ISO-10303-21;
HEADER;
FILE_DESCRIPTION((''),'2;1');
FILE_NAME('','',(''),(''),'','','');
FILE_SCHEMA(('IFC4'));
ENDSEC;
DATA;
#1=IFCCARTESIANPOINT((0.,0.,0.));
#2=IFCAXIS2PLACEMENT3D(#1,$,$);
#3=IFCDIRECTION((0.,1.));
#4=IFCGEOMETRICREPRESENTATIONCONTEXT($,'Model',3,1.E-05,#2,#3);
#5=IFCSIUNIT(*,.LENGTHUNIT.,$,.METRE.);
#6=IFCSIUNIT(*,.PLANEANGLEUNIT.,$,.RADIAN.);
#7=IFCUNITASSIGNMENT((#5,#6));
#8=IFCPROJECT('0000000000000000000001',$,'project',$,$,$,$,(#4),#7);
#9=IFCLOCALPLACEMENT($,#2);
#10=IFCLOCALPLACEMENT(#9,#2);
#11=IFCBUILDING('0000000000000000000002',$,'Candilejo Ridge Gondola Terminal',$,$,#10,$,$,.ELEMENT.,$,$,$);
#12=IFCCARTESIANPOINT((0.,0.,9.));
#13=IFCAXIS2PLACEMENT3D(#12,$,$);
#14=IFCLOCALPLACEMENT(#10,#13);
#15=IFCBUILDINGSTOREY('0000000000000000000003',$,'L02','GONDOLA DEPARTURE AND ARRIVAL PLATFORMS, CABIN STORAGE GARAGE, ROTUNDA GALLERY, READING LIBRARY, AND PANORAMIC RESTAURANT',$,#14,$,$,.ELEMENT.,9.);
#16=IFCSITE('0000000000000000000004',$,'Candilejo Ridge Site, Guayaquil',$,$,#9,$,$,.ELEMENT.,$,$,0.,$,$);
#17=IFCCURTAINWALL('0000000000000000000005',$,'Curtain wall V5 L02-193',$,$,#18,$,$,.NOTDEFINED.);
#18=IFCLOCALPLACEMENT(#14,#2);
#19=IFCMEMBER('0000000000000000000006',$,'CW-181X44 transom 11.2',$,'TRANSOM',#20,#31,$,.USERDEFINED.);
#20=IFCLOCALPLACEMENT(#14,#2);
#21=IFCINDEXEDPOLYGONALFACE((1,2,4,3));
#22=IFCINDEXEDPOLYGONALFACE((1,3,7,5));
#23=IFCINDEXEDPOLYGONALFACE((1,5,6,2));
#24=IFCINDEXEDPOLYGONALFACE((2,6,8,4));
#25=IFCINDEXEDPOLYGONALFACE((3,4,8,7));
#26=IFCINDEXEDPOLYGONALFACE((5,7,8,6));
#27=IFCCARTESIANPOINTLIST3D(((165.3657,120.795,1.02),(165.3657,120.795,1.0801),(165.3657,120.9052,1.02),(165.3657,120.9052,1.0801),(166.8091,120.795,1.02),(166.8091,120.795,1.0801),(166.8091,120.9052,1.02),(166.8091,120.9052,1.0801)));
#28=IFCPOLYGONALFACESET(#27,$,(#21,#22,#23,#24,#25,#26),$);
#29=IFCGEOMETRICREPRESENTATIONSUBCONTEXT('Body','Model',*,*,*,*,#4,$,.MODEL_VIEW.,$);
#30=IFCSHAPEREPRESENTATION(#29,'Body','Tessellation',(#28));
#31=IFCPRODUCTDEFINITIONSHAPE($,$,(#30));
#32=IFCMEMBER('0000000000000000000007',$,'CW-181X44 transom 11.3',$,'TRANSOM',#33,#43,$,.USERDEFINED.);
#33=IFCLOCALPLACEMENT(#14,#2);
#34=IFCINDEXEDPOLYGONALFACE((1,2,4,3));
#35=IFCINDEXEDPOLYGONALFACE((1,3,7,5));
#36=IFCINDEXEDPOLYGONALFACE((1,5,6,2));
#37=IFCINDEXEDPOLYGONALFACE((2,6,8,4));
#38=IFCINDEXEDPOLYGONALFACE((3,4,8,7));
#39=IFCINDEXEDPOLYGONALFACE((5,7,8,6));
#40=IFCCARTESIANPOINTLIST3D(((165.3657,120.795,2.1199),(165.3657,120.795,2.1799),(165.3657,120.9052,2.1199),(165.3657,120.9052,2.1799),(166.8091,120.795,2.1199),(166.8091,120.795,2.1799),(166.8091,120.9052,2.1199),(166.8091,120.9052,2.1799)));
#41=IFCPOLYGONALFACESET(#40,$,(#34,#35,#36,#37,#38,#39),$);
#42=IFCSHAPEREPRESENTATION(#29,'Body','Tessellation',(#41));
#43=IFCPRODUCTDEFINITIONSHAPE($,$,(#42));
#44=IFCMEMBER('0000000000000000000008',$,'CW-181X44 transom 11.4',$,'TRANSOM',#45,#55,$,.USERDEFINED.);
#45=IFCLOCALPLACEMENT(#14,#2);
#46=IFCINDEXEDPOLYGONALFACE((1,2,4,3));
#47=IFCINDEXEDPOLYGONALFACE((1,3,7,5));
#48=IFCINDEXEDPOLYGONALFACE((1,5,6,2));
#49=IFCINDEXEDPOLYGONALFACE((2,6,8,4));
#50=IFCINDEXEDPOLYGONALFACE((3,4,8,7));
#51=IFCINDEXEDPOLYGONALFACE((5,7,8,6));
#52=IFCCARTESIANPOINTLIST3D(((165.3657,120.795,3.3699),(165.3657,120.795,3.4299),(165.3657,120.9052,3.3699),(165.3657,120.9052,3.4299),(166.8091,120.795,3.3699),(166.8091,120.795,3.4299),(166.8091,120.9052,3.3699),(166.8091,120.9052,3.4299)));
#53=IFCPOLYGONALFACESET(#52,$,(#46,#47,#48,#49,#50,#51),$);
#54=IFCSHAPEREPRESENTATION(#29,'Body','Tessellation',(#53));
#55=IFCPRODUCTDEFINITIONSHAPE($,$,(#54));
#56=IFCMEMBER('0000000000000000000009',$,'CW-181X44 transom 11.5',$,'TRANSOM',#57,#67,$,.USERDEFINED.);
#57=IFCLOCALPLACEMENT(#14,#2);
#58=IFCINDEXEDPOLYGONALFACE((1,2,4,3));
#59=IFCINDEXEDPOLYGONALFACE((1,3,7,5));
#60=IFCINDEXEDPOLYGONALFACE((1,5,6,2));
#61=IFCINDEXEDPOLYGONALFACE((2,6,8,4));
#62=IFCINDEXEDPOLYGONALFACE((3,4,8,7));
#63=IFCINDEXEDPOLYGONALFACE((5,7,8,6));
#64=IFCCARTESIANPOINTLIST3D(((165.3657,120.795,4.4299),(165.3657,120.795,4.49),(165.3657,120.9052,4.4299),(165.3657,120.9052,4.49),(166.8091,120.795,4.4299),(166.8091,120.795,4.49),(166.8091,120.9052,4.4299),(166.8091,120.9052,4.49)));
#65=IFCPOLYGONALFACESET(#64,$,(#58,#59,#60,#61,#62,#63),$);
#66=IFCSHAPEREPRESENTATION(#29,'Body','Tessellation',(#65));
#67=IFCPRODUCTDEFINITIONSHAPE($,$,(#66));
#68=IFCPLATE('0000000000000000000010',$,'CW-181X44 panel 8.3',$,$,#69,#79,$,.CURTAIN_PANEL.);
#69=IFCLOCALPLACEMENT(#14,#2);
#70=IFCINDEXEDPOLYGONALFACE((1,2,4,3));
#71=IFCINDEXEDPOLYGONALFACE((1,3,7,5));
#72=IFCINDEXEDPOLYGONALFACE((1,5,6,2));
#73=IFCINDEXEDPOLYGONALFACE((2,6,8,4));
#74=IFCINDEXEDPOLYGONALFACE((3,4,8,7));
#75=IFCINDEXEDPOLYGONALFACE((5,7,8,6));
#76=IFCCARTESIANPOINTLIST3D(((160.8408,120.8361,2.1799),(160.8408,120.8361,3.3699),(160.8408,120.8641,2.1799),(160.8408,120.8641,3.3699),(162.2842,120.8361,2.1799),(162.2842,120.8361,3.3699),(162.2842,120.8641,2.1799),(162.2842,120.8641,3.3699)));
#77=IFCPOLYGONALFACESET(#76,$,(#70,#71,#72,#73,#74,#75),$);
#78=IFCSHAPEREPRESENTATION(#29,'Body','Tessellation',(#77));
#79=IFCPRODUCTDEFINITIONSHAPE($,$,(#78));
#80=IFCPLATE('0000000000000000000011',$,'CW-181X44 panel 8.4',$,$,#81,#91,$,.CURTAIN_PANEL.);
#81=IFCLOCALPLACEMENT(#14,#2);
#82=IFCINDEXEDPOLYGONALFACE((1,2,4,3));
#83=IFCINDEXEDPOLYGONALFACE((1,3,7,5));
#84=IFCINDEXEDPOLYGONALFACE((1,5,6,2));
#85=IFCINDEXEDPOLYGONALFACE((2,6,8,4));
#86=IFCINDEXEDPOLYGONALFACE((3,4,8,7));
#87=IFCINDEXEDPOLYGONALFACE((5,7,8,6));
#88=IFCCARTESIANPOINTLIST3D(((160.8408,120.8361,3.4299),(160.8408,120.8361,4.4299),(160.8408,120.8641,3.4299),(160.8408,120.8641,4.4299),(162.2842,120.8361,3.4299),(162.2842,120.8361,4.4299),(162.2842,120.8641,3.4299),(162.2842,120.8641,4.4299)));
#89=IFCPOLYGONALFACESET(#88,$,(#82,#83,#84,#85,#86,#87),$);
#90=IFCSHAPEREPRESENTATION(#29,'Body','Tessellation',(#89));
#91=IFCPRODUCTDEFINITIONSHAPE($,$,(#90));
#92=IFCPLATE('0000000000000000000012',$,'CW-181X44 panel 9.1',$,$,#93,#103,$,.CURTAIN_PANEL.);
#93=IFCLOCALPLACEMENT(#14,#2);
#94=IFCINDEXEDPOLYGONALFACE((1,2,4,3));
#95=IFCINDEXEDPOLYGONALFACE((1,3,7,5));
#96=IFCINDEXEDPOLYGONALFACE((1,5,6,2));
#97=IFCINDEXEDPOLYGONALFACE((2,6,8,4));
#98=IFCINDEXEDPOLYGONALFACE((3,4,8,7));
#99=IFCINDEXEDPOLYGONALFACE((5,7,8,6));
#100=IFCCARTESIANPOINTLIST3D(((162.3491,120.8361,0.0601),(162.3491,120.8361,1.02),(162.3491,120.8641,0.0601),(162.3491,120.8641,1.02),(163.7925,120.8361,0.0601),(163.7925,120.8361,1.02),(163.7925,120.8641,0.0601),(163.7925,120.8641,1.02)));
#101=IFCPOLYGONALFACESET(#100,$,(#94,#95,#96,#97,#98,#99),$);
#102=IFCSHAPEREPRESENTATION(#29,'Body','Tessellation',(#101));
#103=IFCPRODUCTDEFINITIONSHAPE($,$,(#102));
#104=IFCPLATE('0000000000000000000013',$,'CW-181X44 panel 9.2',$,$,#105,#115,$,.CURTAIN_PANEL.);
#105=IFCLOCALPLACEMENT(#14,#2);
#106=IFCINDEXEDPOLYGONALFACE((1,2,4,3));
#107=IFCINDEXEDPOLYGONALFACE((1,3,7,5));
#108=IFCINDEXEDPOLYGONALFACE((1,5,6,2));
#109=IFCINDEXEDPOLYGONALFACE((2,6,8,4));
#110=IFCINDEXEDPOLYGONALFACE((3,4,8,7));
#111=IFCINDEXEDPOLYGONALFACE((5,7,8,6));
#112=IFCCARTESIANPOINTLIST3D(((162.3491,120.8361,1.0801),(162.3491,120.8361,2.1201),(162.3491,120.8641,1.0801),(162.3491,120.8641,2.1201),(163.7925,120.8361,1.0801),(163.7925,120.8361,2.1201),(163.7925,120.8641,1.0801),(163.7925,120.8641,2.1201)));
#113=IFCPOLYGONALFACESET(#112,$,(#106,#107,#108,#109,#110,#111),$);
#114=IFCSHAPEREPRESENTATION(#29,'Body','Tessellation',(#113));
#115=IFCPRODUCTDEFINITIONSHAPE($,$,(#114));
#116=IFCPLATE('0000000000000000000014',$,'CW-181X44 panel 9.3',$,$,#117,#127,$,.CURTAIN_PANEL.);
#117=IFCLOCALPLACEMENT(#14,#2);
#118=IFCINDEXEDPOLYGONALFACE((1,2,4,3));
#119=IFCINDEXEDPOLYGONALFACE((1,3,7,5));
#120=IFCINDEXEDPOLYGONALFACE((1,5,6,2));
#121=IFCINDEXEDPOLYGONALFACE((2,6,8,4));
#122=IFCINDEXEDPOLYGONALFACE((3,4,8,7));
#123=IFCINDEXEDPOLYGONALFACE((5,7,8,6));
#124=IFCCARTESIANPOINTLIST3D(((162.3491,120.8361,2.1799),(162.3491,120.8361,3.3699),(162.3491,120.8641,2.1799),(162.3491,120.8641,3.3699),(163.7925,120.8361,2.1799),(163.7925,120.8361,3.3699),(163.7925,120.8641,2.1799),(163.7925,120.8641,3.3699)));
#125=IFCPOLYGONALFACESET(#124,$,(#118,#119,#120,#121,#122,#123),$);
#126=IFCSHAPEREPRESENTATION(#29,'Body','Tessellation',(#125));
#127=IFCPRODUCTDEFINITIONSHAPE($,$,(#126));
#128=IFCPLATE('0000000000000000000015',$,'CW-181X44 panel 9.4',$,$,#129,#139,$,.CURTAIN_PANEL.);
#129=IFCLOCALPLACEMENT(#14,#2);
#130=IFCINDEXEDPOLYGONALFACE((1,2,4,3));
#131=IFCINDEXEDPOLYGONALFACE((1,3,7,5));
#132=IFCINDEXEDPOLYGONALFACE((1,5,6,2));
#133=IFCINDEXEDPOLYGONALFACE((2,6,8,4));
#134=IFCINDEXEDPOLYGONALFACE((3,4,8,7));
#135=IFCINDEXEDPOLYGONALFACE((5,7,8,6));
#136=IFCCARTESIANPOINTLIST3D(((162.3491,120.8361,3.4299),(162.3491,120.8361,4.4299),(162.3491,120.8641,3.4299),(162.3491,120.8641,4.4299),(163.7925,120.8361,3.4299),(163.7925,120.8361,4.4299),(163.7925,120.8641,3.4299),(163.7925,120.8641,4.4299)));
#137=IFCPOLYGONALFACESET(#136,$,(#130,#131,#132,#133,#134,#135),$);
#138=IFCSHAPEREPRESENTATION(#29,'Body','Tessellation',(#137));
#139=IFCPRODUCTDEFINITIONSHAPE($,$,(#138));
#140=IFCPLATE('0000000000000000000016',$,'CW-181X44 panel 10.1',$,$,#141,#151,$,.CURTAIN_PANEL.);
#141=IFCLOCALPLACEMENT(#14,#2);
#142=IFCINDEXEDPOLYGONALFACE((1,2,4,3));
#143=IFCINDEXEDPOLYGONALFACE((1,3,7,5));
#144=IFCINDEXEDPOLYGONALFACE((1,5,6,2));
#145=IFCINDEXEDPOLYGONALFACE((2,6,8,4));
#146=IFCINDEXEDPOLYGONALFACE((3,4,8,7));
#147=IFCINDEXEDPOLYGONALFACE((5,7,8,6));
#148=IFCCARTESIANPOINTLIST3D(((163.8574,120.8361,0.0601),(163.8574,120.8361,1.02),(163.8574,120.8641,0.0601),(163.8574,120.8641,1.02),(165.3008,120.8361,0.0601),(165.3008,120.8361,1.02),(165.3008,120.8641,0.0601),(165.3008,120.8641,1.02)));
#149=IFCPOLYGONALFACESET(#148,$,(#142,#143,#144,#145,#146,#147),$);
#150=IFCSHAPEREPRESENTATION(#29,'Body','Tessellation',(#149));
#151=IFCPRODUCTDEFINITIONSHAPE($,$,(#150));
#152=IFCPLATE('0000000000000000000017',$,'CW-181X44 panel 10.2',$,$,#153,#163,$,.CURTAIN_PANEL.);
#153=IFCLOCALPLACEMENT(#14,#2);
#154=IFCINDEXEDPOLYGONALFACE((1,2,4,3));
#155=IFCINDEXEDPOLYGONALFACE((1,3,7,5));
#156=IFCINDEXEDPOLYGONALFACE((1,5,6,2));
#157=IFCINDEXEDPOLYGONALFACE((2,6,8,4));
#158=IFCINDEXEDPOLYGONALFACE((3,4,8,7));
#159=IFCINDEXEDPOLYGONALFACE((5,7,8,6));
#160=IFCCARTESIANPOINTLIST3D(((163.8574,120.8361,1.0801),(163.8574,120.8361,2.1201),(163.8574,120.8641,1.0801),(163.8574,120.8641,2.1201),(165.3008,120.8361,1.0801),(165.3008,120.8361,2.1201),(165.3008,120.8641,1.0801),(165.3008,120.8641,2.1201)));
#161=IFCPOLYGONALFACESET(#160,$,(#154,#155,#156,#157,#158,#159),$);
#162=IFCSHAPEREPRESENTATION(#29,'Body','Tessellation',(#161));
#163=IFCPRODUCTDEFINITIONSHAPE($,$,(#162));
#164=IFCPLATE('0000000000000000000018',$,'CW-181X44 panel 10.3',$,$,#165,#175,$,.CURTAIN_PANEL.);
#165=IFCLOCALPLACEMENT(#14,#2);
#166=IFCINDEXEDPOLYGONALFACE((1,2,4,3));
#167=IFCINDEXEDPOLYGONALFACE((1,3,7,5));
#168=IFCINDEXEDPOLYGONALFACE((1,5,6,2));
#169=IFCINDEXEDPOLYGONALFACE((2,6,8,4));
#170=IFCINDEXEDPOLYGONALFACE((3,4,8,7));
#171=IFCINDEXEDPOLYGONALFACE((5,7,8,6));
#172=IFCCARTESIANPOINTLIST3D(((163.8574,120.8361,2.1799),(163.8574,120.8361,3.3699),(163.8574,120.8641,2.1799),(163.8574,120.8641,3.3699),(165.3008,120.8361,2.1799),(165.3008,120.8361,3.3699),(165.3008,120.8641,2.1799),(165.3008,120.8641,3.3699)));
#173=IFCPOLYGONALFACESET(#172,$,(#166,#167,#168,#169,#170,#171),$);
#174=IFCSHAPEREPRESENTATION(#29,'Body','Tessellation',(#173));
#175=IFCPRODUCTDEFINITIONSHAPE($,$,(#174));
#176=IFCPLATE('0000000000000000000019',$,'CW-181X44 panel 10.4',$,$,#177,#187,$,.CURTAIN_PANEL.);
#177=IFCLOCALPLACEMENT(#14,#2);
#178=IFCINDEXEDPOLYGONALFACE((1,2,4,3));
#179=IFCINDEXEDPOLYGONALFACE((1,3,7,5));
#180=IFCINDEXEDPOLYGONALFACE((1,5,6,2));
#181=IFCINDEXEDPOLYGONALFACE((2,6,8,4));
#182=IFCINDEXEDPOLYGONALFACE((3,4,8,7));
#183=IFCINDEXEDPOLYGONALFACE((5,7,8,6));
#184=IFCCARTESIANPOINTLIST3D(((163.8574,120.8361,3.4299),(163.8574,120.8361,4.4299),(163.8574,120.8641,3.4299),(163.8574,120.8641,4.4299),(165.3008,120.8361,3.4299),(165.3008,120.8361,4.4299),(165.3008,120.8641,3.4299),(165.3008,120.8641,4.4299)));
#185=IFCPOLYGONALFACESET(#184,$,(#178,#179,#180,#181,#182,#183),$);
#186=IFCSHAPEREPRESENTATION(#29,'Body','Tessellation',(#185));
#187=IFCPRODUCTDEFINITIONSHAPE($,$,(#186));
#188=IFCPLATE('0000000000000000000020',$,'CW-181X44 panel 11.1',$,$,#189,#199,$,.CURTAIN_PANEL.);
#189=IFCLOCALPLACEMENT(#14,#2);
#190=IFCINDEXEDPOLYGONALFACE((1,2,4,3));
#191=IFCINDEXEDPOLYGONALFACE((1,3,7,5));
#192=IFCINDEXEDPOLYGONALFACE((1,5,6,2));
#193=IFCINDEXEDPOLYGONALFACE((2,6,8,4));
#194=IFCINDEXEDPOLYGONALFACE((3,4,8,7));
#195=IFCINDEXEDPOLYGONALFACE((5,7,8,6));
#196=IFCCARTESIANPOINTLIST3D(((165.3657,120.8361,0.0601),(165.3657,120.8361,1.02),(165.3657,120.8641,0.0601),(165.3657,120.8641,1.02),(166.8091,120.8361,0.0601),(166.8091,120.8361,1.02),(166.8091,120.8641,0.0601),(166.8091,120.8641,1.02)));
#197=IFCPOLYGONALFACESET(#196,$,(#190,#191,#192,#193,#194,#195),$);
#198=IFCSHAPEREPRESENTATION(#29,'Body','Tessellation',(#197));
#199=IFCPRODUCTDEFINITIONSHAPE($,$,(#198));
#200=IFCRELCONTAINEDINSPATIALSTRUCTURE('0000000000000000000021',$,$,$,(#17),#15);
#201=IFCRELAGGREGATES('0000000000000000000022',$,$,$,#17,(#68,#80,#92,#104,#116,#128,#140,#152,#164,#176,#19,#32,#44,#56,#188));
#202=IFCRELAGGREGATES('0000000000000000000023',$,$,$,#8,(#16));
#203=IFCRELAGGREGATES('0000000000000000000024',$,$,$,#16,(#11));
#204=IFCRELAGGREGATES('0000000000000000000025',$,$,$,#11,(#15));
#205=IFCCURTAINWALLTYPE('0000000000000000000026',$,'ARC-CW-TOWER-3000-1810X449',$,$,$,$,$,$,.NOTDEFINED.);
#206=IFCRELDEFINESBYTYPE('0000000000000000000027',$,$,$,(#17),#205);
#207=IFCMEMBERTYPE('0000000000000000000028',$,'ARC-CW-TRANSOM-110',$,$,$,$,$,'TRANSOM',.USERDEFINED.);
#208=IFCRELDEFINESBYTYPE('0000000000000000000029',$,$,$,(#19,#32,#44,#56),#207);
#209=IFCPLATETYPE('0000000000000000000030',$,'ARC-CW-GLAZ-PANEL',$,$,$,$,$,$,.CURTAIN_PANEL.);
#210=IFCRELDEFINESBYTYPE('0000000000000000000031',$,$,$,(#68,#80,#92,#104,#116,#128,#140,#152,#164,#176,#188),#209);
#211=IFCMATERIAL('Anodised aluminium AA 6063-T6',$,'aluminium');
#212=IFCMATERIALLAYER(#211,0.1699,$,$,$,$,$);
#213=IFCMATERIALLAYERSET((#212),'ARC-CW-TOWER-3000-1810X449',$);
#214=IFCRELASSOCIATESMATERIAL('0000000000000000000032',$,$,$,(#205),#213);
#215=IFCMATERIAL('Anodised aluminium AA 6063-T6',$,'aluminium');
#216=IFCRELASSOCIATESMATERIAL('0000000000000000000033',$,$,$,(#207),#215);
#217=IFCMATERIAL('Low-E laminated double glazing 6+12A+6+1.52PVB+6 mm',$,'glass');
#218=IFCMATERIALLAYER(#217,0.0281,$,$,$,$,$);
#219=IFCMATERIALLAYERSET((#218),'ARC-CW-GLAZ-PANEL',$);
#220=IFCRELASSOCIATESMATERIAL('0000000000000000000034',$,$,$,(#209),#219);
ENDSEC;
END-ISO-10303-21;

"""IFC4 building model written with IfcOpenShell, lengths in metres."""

from ifc_helpers import new_model, si_unit, direction, frame, origin, origin_2d, place, context, subcontext, project, spatial, rectangle, extrude, material, layer, layer_set, material_profile, profile_set, type_object, element, aggregate, save


model = new_model("IFC4")

# Units and contexts
model_context = context("Model", 3, precision=1e-05, world=origin(), true_north=direction((0.0, 1.0)))
body_context = subcontext(model_context, "Body", "Model", "MODEL_VIEW")
ifc_project = project(units=[si_unit("LENGTHUNIT", "METRE"), si_unit("PLANEANGLEUNIT", "RADIAN")], contexts=[model_context])

# Site, building, storey
site_placement = place(None, origin())
site = spatial("IfcSite", under=ifc_project, at=site_placement, Name="Candilejo Ridge Site, Guayaquil", CompositionType="ELEMENT", RefElevation=0.0)
building_placement = place(site_placement, origin())
building = spatial("IfcBuilding", under=site, at=building_placement, Name="Candilejo Ridge Gondola Terminal", CompositionType="ELEMENT")
storey_placement = place(building_placement, frame((0.0, 0.0, 9.0)))
storey = spatial("IfcBuildingStorey", under=building, at=storey_placement, Name="L02", Description="GONDOLA DEPARTURE AND ARRIVAL PLATFORMS, CABIN STORAGE GARAGE, ROTUNDA GALLERY, READING LIBRARY, AND PANORAMIC RESTAURANT", CompositionType="ELEMENT", Elevation=9.0)

# Curtain wall, members, plates
ifc_material_1 = material(Name="Anodised aluminium AA 6063-T6", Category="aluminium")
ifc_layer_1 = layer(ifc_material_1, 0.1699)
ifc_layer_set_1 = layer_set([ifc_layer_1], Name="ARC-CW-TOWER-3000-1810X449")
curtain_wall_type = type_object("IfcCurtainWallType", Name="ARC-CW-TOWER-3000-1810X449", PredefinedType="NOTDEFINED", material=ifc_layer_set_1)
curtain_wall_placement = place(storey_placement, origin())
curtain_wall = element("IfcCurtainWall", 1, at=curtain_wall_placement, inside=storey, type_object=curtain_wall_type, Name="Curtain wall V5 L02-193", PredefinedType="NOTDEFINED")
ifc_material_2 = material(Name="Anodised aluminium AA 6063-T6", Category="aluminium")
ifc_material_profile_1 = material_profile(ifc_material_2, rectangle(XDim=0.1101, YDim=0.0601, at=origin_2d()))
ifc_profile_set_1 = profile_set([ifc_material_profile_1], Name="Anodised aluminium AA 6063-T6")
member_type_1 = type_object("IfcMemberType", Name="ARC-CW-TRANSOM-110", ElementType="TRANSOM", PredefinedType="USERDEFINED", material=ifc_profile_set_1)
member_1_placement = place(storey_placement, frame((165.3657, 120.8501, 1.05), z_axis=(1.0, 0.0, 0.0), x_axis=(0.0, 1.0, 0.0)))
member_1 = element("IfcMember", 2, at=member_1_placement, type_object=member_type_1, Name="CW-181X44 transom 11.2", ObjectType="TRANSOM", PredefinedType="USERDEFINED", context=body_context, shape_type="SweptSolid", body=[
    extrude(rectangle(XDim=0.1101, YDim=0.0601, at=origin_2d()), origin(), (0.0, 0.0, 1.0), 1.4434),
])
member_2_placement = place(storey_placement, frame((165.3657, 120.8501, 2.1499), z_axis=(1.0, 0.0, 0.0), x_axis=(0.0, 1.0, 0.0)))
member_2 = element("IfcMember", 3, at=member_2_placement, type_object=member_type_1, Name="CW-181X44 transom 11.3", ObjectType="TRANSOM", PredefinedType="USERDEFINED", context=body_context, shape_type="SweptSolid", body=[
    extrude(rectangle(XDim=0.1101, YDim=0.0601, at=origin_2d()), origin(), (0.0, 0.0, 1.0), 1.4434),
])
member_3_placement = place(storey_placement, frame((165.3657, 120.8501, 3.3999), z_axis=(1.0, 0.0, 0.0), x_axis=(0.0, 1.0, 0.0)))
member_3 = element("IfcMember", 4, at=member_3_placement, type_object=member_type_1, Name="CW-181X44 transom 11.4", ObjectType="TRANSOM", PredefinedType="USERDEFINED", context=body_context, shape_type="SweptSolid", body=[
    extrude(rectangle(XDim=0.1101, YDim=0.0601, at=origin_2d()), origin(), (0.0, 0.0, 1.0), 1.4434),
])
member_4_placement = place(storey_placement, frame((165.3657, 120.8501, 4.46), z_axis=(1.0, 0.0, 0.0), x_axis=(0.0, 1.0, 0.0)))
member_4 = element("IfcMember", 5, at=member_4_placement, type_object=member_type_1, Name="CW-181X44 transom 11.5", ObjectType="TRANSOM", PredefinedType="USERDEFINED", context=body_context, shape_type="SweptSolid", body=[
    extrude(rectangle(XDim=0.1101, YDim=0.0601, at=origin_2d()), origin(), (0.0, 0.0, 1.0), 1.4434),
])
ifc_material_3 = material(Name="Low-E laminated double glazing 6+12A+6+1.52PVB+6 mm", Category="glass")
ifc_layer_2 = layer(ifc_material_3, 0.0281)
ifc_layer_set_2 = layer_set([ifc_layer_2], Name="ARC-CW-GLAZ-PANEL")
plate_type = type_object("IfcPlateType", Name="ARC-CW-GLAZ-PANEL", PredefinedType="CURTAIN_PANEL", material=ifc_layer_set_2)
plate_1_placement = place(storey_placement, frame((161.5625, 120.8501, 2.1799), z_axis=(0.0, 0.0, 1.0), x_axis=(1.0, 0.0, 0.0)))
plate_1 = element("IfcPlate", 6, at=plate_1_placement, type_object=plate_type, Name="CW-181X44 panel 8.3", PredefinedType="CURTAIN_PANEL", context=body_context, shape_type="SweptSolid", body=[
    extrude(rectangle(XDim=1.4434, YDim=0.0281, at=origin_2d()), origin(), (0.0, 0.0, 1.0), 1.1899),
])
plate_2_placement = place(storey_placement, frame((161.5625, 120.8501, 3.4299), z_axis=(0.0, 0.0, 1.0), x_axis=(1.0, 0.0, 0.0)))
plate_2 = element("IfcPlate", 7, at=plate_2_placement, type_object=plate_type, Name="CW-181X44 panel 8.4", PredefinedType="CURTAIN_PANEL", context=body_context, shape_type="SweptSolid", body=[
    extrude(rectangle(XDim=1.4434, YDim=0.0281, at=origin_2d()), origin(), (0.0, 0.0, 1.0), 1.0),
])
plate_3_placement = place(storey_placement, frame((163.0708, 120.8501, 0.0601), z_axis=(0.0, 0.0, 1.0), x_axis=(1.0, 0.0, 0.0)))
plate_3 = element("IfcPlate", 8, at=plate_3_placement, type_object=plate_type, Name="CW-181X44 panel 9.1", PredefinedType="CURTAIN_PANEL", context=body_context, shape_type="SweptSolid", body=[
    extrude(rectangle(XDim=1.4434, YDim=0.0281, at=origin_2d()), origin(), (0.0, 0.0, 1.0), 0.96),
])
plate_4_placement = place(storey_placement, frame((163.0708, 120.8501, 1.0801), z_axis=(0.0, 0.0, 1.0), x_axis=(1.0, 0.0, 0.0)))
plate_4 = element("IfcPlate", 9, at=plate_4_placement, type_object=plate_type, Name="CW-181X44 panel 9.2", PredefinedType="CURTAIN_PANEL", context=body_context, shape_type="SweptSolid", body=[
    extrude(rectangle(XDim=1.4434, YDim=0.0281, at=origin_2d()), origin(), (0.0, 0.0, 1.0), 1.04),
])
plate_5_placement = place(storey_placement, frame((163.0708, 120.8501, 2.1799), z_axis=(0.0, 0.0, 1.0), x_axis=(1.0, 0.0, 0.0)))
plate_5 = element("IfcPlate", 10, at=plate_5_placement, type_object=plate_type, Name="CW-181X44 panel 9.3", PredefinedType="CURTAIN_PANEL", context=body_context, shape_type="SweptSolid", body=[
    extrude(rectangle(XDim=1.4434, YDim=0.0281, at=origin_2d()), origin(), (0.0, 0.0, 1.0), 1.1899),
])
plate_6_placement = place(storey_placement, frame((163.0708, 120.8501, 3.4299), z_axis=(0.0, 0.0, 1.0), x_axis=(1.0, 0.0, 0.0)))
plate_6 = element("IfcPlate", 11, at=plate_6_placement, type_object=plate_type, Name="CW-181X44 panel 9.4", PredefinedType="CURTAIN_PANEL", context=body_context, shape_type="SweptSolid", body=[
    extrude(rectangle(XDim=1.4434, YDim=0.0281, at=origin_2d()), origin(), (0.0, 0.0, 1.0), 1.0),
])
plate_7_placement = place(storey_placement, frame((164.5791, 120.8501, 0.0601), z_axis=(0.0, 0.0, 1.0), x_axis=(1.0, 0.0, 0.0)))
plate_7 = element("IfcPlate", 12, at=plate_7_placement, type_object=plate_type, Name="CW-181X44 panel 10.1", PredefinedType="CURTAIN_PANEL", context=body_context, shape_type="SweptSolid", body=[
    extrude(rectangle(XDim=1.4434, YDim=0.0281, at=origin_2d()), origin(), (0.0, 0.0, 1.0), 0.96),
])
plate_8_placement = place(storey_placement, frame((164.5791, 120.8501, 1.0801), z_axis=(0.0, 0.0, 1.0), x_axis=(1.0, 0.0, 0.0)))
plate_8 = element("IfcPlate", 13, at=plate_8_placement, type_object=plate_type, Name="CW-181X44 panel 10.2", PredefinedType="CURTAIN_PANEL", context=body_context, shape_type="SweptSolid", body=[
    extrude(rectangle(XDim=1.4434, YDim=0.0281, at=origin_2d()), origin(), (0.0, 0.0, 1.0), 1.04),
])
plate_9_placement = place(storey_placement, frame((164.5791, 120.8501, 2.1799), z_axis=(0.0, 0.0, 1.0), x_axis=(1.0, 0.0, 0.0)))
plate_9 = element("IfcPlate", 14, at=plate_9_placement, type_object=plate_type, Name="CW-181X44 panel 10.3", PredefinedType="CURTAIN_PANEL", context=body_context, shape_type="SweptSolid", body=[
    extrude(rectangle(XDim=1.4434, YDim=0.0281, at=origin_2d()), origin(), (0.0, 0.0, 1.0), 1.1899),
])
plate_10_placement = place(storey_placement, frame((164.5791, 120.8501, 3.4299), z_axis=(0.0, 0.0, 1.0), x_axis=(1.0, 0.0, 0.0)))
plate_10 = element("IfcPlate", 15, at=plate_10_placement, type_object=plate_type, Name="CW-181X44 panel 10.4", PredefinedType="CURTAIN_PANEL", context=body_context, shape_type="SweptSolid", body=[
    extrude(rectangle(XDim=1.4434, YDim=0.0281, at=origin_2d()), origin(), (0.0, 0.0, 1.0), 1.0),
])
plate_11_placement = place(storey_placement, frame((166.0874, 120.8501, 0.0601), z_axis=(0.0, 0.0, 1.0), x_axis=(1.0, 0.0, 0.0)))
plate_11 = element("IfcPlate", 16, at=plate_11_placement, type_object=plate_type, Name="CW-181X44 panel 11.1", PredefinedType="CURTAIN_PANEL", context=body_context, shape_type="SweptSolid", body=[
    extrude(rectangle(XDim=1.4434, YDim=0.0281, at=origin_2d()), origin(), (0.0, 0.0, 1.0), 0.96),
])
aggregate(curtain_wall, [plate_1, plate_2, plate_3, plate_4, plate_5, plate_6, plate_7, plate_8, plate_9, plate_10, member_1, member_2, member_3, member_4, plate_11])

save(model, "model.ifc")
